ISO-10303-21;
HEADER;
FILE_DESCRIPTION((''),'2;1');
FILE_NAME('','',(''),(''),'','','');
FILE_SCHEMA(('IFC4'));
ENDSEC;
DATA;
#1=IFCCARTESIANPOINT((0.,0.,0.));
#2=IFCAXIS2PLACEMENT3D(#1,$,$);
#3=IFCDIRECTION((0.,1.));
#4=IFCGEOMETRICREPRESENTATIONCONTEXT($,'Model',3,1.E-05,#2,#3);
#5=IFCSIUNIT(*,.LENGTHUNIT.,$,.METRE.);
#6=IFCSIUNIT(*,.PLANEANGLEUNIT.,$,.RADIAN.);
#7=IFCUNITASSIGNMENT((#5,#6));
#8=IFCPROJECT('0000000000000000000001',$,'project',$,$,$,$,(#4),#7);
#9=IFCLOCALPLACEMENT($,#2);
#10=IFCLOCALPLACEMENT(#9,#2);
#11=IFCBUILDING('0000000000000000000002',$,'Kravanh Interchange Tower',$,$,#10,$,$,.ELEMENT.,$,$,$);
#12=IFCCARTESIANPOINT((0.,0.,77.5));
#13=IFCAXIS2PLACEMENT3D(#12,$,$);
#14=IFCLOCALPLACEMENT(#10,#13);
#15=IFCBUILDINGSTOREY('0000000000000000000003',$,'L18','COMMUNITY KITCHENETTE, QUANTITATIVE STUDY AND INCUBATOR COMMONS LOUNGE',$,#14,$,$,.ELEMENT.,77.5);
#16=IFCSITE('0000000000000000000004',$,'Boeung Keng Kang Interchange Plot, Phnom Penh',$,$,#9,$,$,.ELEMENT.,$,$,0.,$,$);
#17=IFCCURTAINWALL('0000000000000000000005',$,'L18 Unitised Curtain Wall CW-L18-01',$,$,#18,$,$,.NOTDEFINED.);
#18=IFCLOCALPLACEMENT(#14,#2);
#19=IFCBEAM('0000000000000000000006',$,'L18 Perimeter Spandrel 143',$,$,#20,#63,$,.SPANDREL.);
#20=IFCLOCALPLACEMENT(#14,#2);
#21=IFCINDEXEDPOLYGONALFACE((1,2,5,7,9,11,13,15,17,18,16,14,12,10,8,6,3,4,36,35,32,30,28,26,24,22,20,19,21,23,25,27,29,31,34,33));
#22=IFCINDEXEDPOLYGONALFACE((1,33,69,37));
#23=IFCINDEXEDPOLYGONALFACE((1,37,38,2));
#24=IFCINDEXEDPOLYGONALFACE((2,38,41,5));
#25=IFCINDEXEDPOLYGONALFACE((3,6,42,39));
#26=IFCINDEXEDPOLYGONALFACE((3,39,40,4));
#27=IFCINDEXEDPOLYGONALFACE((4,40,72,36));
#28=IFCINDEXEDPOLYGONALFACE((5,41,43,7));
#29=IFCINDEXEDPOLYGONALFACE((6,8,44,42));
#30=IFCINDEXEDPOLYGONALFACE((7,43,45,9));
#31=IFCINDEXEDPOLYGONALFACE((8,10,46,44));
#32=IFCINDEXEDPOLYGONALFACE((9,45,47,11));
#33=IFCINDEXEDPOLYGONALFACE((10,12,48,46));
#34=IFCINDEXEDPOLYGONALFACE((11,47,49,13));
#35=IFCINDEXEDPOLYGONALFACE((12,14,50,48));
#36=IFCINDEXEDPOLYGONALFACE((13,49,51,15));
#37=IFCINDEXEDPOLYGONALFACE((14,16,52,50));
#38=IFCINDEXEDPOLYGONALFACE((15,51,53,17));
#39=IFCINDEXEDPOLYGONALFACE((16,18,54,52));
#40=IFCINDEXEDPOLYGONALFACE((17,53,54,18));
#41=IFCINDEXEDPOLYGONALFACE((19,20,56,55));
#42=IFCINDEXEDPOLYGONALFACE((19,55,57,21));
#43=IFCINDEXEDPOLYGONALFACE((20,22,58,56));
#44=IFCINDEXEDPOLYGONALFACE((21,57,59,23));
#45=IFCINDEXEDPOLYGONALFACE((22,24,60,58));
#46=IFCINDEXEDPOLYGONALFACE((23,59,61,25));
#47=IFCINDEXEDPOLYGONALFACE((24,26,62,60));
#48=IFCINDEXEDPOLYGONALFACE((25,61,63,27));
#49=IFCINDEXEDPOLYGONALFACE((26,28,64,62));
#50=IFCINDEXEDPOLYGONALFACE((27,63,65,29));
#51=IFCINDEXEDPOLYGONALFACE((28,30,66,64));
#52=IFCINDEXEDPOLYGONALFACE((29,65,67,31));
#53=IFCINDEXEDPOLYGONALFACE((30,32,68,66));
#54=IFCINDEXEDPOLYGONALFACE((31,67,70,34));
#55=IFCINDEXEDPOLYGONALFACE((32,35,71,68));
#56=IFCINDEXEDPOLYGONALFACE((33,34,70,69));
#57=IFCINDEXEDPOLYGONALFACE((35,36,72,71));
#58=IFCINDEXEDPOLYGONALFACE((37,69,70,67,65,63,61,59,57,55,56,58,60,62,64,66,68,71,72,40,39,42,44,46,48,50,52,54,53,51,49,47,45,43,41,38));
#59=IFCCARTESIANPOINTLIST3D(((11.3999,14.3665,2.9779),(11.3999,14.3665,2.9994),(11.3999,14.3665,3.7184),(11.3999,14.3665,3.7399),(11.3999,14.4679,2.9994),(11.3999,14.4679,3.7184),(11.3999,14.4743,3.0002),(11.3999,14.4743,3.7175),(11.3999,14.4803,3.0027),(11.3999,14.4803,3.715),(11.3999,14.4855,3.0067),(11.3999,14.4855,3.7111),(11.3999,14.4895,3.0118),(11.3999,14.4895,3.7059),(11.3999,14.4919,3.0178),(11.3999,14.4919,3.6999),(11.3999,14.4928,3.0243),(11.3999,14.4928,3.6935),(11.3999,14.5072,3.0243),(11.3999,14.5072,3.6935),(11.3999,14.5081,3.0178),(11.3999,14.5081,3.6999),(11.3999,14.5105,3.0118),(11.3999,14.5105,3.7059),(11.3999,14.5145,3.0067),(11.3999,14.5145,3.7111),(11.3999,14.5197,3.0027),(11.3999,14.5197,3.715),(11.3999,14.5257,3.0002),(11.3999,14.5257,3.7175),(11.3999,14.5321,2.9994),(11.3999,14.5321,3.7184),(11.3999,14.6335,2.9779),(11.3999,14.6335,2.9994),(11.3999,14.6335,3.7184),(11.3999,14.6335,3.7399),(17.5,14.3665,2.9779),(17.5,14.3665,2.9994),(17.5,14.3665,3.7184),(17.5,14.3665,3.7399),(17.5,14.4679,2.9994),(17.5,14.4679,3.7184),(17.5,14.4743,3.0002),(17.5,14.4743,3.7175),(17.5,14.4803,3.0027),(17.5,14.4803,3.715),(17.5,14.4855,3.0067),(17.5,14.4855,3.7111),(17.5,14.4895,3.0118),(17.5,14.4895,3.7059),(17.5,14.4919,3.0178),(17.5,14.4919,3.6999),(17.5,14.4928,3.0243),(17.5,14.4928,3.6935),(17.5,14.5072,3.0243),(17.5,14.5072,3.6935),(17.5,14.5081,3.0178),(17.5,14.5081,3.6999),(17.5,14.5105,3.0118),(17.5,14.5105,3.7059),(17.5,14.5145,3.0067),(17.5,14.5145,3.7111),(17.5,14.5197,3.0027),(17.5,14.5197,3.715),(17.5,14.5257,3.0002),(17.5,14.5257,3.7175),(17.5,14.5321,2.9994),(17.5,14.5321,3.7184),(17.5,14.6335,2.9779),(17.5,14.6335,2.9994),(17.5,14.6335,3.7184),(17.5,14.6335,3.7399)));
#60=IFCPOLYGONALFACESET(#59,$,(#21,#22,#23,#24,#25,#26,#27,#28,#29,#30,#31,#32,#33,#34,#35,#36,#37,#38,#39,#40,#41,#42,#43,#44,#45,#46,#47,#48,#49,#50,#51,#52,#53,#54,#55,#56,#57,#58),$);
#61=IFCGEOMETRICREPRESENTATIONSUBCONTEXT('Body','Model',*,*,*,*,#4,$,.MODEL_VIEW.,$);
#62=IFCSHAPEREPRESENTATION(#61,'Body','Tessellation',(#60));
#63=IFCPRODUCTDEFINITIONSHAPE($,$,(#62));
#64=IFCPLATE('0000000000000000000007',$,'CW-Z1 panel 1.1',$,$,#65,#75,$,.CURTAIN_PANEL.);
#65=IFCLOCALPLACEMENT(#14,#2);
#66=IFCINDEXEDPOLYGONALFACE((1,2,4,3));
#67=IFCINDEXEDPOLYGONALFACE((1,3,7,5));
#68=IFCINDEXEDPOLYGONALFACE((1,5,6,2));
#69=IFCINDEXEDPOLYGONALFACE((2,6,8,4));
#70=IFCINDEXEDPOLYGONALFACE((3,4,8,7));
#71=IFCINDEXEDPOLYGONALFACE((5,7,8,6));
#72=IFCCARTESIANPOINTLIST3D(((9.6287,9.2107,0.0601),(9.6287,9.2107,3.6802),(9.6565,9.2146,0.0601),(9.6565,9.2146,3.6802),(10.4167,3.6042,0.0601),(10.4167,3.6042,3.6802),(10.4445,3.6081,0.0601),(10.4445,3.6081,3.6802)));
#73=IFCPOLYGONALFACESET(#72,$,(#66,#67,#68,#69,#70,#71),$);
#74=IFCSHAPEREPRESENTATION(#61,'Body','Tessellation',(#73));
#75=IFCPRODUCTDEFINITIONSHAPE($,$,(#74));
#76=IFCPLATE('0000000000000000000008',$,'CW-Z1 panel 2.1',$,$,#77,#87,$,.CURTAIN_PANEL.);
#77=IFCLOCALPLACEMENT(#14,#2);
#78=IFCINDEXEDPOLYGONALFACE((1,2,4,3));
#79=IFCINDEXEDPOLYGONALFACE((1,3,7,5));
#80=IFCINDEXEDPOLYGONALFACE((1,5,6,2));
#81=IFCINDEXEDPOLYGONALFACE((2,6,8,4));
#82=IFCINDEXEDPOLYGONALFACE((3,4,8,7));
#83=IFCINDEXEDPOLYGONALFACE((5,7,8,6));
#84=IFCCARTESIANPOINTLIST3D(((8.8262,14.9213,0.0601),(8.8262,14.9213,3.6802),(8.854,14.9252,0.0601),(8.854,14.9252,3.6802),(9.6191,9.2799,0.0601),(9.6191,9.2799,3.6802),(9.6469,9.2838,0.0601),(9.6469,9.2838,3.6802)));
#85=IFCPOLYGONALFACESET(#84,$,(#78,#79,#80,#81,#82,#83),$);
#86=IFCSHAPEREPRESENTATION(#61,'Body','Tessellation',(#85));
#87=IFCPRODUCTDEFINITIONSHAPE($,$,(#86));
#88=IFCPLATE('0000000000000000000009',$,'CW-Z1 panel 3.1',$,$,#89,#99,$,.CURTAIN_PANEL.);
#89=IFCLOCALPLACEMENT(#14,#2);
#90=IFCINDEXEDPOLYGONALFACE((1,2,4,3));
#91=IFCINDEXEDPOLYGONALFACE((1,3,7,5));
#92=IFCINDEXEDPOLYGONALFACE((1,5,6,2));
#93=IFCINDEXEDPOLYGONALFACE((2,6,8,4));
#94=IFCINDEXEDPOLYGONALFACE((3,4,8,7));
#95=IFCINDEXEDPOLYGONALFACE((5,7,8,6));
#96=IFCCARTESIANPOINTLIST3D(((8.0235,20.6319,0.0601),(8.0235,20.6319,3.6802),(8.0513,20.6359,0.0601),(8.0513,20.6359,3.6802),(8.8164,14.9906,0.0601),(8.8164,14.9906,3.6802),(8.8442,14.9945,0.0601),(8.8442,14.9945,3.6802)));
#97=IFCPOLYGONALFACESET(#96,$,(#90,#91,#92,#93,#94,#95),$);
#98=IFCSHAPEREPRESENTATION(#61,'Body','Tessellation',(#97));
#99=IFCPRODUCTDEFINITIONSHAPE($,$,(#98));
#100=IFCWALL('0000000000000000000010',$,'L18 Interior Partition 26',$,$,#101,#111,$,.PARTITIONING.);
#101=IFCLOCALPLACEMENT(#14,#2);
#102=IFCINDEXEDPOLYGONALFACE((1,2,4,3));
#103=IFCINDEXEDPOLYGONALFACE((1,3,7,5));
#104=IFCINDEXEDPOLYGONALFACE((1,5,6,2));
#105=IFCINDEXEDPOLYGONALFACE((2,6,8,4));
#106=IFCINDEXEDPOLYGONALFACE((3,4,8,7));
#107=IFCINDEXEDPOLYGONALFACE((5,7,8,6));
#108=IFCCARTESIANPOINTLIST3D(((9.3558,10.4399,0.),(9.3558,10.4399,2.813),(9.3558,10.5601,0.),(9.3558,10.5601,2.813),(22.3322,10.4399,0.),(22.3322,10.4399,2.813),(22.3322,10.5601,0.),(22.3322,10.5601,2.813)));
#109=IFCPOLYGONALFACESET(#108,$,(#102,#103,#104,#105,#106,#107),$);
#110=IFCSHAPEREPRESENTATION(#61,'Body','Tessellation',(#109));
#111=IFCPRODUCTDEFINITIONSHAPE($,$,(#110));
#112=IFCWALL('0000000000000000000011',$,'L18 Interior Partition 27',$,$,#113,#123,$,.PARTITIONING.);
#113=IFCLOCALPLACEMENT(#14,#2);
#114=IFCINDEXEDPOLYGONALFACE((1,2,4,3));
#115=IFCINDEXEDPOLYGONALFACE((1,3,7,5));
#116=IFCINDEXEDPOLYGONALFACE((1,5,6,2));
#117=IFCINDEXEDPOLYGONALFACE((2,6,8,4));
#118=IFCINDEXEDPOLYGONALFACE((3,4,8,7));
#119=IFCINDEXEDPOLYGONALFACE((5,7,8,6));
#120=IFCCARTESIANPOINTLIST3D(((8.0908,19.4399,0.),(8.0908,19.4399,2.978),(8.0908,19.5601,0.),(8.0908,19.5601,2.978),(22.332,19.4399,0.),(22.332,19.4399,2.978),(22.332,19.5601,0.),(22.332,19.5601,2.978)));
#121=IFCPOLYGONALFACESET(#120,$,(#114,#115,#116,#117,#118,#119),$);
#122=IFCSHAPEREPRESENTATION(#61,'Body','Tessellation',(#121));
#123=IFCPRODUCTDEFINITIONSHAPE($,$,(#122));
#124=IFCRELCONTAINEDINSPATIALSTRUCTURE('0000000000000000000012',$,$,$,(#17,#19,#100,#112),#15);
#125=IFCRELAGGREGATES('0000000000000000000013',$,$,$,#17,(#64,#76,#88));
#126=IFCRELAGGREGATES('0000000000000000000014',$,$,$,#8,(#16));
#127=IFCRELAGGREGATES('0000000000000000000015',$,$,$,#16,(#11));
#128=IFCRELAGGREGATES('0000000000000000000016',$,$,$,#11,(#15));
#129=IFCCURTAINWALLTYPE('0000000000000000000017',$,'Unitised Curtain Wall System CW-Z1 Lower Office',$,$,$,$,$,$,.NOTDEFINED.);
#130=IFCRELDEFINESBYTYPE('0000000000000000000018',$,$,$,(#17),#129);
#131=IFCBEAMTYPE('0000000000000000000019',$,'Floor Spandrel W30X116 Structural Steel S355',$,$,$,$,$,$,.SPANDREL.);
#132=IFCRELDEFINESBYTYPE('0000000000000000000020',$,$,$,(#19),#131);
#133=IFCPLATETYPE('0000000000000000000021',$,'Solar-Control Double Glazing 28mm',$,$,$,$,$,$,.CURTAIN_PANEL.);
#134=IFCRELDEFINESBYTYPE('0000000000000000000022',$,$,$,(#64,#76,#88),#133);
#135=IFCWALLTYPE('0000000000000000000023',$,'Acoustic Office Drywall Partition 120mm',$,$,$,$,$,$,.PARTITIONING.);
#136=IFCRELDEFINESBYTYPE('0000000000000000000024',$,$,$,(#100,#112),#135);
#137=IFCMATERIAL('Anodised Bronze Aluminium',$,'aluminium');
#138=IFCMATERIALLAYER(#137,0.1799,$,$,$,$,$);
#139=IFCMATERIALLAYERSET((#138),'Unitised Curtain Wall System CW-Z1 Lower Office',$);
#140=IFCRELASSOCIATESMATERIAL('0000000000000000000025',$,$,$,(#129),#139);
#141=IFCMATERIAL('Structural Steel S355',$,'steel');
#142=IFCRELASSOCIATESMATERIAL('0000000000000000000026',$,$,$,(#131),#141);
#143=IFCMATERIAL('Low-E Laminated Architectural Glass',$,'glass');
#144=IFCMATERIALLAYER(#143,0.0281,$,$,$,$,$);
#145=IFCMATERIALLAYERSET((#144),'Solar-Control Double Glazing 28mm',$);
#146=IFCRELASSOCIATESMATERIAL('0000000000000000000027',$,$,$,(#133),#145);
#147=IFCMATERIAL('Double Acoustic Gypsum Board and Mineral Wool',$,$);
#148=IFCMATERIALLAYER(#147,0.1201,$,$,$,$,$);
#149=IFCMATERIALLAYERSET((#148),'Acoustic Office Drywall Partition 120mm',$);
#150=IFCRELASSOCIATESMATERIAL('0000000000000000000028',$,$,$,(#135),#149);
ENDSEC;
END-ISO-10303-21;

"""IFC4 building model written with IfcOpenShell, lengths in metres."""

from ifc_helpers import new_model, si_unit, direction, frame, frame_2d, origin, origin_2d, place, context, subcontext, project, spatial, rectangle, i_section, extrude, material, layer, layer_set, material_profile, profile_set, type_object, element, aggregate, save


model = new_model("IFC4")

# Units and contexts
model_context = context("Model", 3, precision=1e-05, world=origin(), true_north=direction((0.0, 1.0)))
body_context = subcontext(model_context, "Body", "Model", "MODEL_VIEW")
ifc_project = project(units=[si_unit("LENGTHUNIT", "METRE"), si_unit("PLANEANGLEUNIT", "RADIAN")], contexts=[model_context])

# Site, building, storey
site_placement = place(None, origin())
site = spatial("IfcSite", under=ifc_project, at=site_placement, Name="Boeung Keng Kang Interchange Plot, Phnom Penh", CompositionType="ELEMENT", RefElevation=0.0)
building_placement = place(site_placement, origin())
building = spatial("IfcBuilding", under=site, at=building_placement, Name="Kravanh Interchange Tower", CompositionType="ELEMENT")
storey_placement = place(building_placement, frame((0.0, 0.0, 77.5)))
storey = spatial("IfcBuildingStorey", under=building, at=storey_placement, Name="L18", Description="COMMUNITY KITCHENETTE, QUANTITATIVE STUDY AND INCUBATOR COMMONS LOUNGE", CompositionType="ELEMENT", Elevation=77.5)

# Curtain wall
ifc_material_1 = material(Name="Anodised Bronze Aluminium", Category="aluminium")
ifc_layer_1 = layer(ifc_material_1, 0.1799)
ifc_layer_set_1 = layer_set([ifc_layer_1], Name="Unitised Curtain Wall System CW-Z1 Lower Office")
curtain_wall_type = type_object("IfcCurtainWallType", Name="Unitised Curtain Wall System CW-Z1 Lower Office", PredefinedType="NOTDEFINED", material=ifc_layer_set_1)
curtain_wall_placement = place(storey_placement, origin())
curtain_wall = element("IfcCurtainWall", 1, at=curtain_wall_placement, inside=storey, type_object=curtain_wall_type, Name="L18 Unitised Curtain Wall CW-L18-01", PredefinedType="NOTDEFINED")

# Beam
ifc_material_2 = material(Name="Structural Steel S355", Category="steel")
ifc_material_profile_1 = material_profile(ifc_material_2, i_section(OverallWidth=0.2671, OverallDepth=0.762, WebThickness=0.0144, FlangeThickness=0.0215, FilletRadius=0.0249, at=origin_2d()), Name="W30X116")
ifc_profile_set_1 = profile_set([ifc_material_profile_1], Name="Structural Steel S355")
beam_type_1 = type_object("IfcBeamType", Name="Floor Spandrel W30X116 Structural Steel S355", PredefinedType="SPANDREL", material=ifc_profile_set_1)
beam_1_placement = place(storey_placement, frame((11.3999, 14.5, 3.3589), z_axis=(1.0, 0.0, 0.0), x_axis=(0.0, 1.0, 0.0)))
element("IfcBeam", 2, at=beam_1_placement, inside=storey, type_object=beam_type_1, Name="L18 Perimeter Spandrel 143", PredefinedType="SPANDREL", context=body_context, shape_type="SweptSolid", body=[
    extrude(i_section(OverallWidth=0.2671, OverallDepth=0.762, WebThickness=0.0144, FlangeThickness=0.0215, FilletRadius=0.0249, at=origin_2d()), origin(), (0.0, 0.0, 1.0), 6.1001),
])

# Plates
ifc_material_3 = material(Name="Low-E Laminated Architectural Glass", Category="glass")
ifc_layer_2 = layer(ifc_material_3, 0.0281)
ifc_layer_set_2 = layer_set([ifc_layer_2], Name="Solar-Control Double Glazing 28mm")
plate_type = type_object("IfcPlateType", Name="Solar-Control Double Glazing 28mm", PredefinedType="CURTAIN_PANEL", material=ifc_layer_set_2)
plate_1_placement = place(storey_placement, frame((10.0366, 6.4094, 0.0601), z_axis=(0.0, 0.0, 1.0), x_axis=(-0.139177, 0.990268, 0.0)))
plate_1 = element("IfcPlate", 3, at=plate_1_placement, type_object=plate_type, Name="CW-Z1 panel 1.1", PredefinedType="CURTAIN_PANEL", context=body_context, shape_type="SweptSolid", body=[
    extrude(rectangle(XDim=5.6616, YDim=0.0281, at=origin_2d()), origin(), (0.0, 0.0, 1.0), 3.6201),
])
plate_2_placement = place(storey_placement, frame((9.2366, 12.1025, 0.0601), z_axis=(0.0, 0.0, 1.0), x_axis=(-0.139177, 0.990268, 0.0)))
plate_2 = element("IfcPlate", 4, at=plate_2_placement, type_object=plate_type, Name="CW-Z1 panel 2.1", PredefinedType="CURTAIN_PANEL", context=body_context, shape_type="SweptSolid", body=[
    extrude(rectangle(XDim=5.6968, YDim=0.0281, at=origin_2d()), origin(), (0.0, 0.0, 1.0), 3.6201),
])
plate_3_placement = place(storey_placement, frame((8.4338, 17.8132, 0.0601), z_axis=(0.0, 0.0, 1.0), x_axis=(-0.139177, 0.990268, 0.0)))
plate_3 = element("IfcPlate", 5, at=plate_3_placement, type_object=plate_type, Name="CW-Z1 panel 3.1", PredefinedType="CURTAIN_PANEL", context=body_context, shape_type="SweptSolid", body=[
    extrude(rectangle(XDim=5.6968, YDim=0.0281, at=origin_2d()), origin(), (0.0, 0.0, 1.0), 3.6201),
])
aggregate(curtain_wall, [plate_1, plate_2, plate_3])

# Walls
ifc_material_4 = material(Name="Double Acoustic Gypsum Board and Mineral Wool")
ifc_layer_3 = layer(ifc_material_4, 0.1201)
ifc_layer_set_3 = layer_set([ifc_layer_3], Name="Acoustic Office Drywall Partition 120mm")
wall_type = type_object("IfcWallType", Name="Acoustic Office Drywall Partition 120mm", PredefinedType="PARTITIONING", material=ifc_layer_set_3)
wall_1_placement = place(storey_placement, frame((9.3557, 10.5, 0.0), z_axis=(0.0, 0.0, 1.0), x_axis=(1.0, 0.0, 0.0)))
element("IfcWall", 6, at=wall_1_placement, inside=storey, type_object=wall_type, Name="L18 Interior Partition 26", PredefinedType="PARTITIONING", context=body_context, shape_type="SweptSolid", body=[
    extrude(rectangle(XDim=12.9763, YDim=0.1201, at=frame_2d((6.4883, 0.0))), origin(), (0.0, 0.0, 1.0), 2.813),
])
wall_2_placement = place(storey_placement, frame((8.0908, 19.5, 0.0), z_axis=(0.0, 0.0, 1.0), x_axis=(1.0, 0.0, 0.0)))
element("IfcWall", 7, at=wall_2_placement, inside=storey, type_object=wall_type, Name="L18 Interior Partition 27", PredefinedType="PARTITIONING", context=body_context, shape_type="SweptSolid", body=[
    extrude(rectangle(XDim=14.2412, YDim=0.1201, at=frame_2d((7.1206, 0.0))), origin(), (0.0, 0.0, 1.0), 2.978),
])

save(model, "model.ifc")
